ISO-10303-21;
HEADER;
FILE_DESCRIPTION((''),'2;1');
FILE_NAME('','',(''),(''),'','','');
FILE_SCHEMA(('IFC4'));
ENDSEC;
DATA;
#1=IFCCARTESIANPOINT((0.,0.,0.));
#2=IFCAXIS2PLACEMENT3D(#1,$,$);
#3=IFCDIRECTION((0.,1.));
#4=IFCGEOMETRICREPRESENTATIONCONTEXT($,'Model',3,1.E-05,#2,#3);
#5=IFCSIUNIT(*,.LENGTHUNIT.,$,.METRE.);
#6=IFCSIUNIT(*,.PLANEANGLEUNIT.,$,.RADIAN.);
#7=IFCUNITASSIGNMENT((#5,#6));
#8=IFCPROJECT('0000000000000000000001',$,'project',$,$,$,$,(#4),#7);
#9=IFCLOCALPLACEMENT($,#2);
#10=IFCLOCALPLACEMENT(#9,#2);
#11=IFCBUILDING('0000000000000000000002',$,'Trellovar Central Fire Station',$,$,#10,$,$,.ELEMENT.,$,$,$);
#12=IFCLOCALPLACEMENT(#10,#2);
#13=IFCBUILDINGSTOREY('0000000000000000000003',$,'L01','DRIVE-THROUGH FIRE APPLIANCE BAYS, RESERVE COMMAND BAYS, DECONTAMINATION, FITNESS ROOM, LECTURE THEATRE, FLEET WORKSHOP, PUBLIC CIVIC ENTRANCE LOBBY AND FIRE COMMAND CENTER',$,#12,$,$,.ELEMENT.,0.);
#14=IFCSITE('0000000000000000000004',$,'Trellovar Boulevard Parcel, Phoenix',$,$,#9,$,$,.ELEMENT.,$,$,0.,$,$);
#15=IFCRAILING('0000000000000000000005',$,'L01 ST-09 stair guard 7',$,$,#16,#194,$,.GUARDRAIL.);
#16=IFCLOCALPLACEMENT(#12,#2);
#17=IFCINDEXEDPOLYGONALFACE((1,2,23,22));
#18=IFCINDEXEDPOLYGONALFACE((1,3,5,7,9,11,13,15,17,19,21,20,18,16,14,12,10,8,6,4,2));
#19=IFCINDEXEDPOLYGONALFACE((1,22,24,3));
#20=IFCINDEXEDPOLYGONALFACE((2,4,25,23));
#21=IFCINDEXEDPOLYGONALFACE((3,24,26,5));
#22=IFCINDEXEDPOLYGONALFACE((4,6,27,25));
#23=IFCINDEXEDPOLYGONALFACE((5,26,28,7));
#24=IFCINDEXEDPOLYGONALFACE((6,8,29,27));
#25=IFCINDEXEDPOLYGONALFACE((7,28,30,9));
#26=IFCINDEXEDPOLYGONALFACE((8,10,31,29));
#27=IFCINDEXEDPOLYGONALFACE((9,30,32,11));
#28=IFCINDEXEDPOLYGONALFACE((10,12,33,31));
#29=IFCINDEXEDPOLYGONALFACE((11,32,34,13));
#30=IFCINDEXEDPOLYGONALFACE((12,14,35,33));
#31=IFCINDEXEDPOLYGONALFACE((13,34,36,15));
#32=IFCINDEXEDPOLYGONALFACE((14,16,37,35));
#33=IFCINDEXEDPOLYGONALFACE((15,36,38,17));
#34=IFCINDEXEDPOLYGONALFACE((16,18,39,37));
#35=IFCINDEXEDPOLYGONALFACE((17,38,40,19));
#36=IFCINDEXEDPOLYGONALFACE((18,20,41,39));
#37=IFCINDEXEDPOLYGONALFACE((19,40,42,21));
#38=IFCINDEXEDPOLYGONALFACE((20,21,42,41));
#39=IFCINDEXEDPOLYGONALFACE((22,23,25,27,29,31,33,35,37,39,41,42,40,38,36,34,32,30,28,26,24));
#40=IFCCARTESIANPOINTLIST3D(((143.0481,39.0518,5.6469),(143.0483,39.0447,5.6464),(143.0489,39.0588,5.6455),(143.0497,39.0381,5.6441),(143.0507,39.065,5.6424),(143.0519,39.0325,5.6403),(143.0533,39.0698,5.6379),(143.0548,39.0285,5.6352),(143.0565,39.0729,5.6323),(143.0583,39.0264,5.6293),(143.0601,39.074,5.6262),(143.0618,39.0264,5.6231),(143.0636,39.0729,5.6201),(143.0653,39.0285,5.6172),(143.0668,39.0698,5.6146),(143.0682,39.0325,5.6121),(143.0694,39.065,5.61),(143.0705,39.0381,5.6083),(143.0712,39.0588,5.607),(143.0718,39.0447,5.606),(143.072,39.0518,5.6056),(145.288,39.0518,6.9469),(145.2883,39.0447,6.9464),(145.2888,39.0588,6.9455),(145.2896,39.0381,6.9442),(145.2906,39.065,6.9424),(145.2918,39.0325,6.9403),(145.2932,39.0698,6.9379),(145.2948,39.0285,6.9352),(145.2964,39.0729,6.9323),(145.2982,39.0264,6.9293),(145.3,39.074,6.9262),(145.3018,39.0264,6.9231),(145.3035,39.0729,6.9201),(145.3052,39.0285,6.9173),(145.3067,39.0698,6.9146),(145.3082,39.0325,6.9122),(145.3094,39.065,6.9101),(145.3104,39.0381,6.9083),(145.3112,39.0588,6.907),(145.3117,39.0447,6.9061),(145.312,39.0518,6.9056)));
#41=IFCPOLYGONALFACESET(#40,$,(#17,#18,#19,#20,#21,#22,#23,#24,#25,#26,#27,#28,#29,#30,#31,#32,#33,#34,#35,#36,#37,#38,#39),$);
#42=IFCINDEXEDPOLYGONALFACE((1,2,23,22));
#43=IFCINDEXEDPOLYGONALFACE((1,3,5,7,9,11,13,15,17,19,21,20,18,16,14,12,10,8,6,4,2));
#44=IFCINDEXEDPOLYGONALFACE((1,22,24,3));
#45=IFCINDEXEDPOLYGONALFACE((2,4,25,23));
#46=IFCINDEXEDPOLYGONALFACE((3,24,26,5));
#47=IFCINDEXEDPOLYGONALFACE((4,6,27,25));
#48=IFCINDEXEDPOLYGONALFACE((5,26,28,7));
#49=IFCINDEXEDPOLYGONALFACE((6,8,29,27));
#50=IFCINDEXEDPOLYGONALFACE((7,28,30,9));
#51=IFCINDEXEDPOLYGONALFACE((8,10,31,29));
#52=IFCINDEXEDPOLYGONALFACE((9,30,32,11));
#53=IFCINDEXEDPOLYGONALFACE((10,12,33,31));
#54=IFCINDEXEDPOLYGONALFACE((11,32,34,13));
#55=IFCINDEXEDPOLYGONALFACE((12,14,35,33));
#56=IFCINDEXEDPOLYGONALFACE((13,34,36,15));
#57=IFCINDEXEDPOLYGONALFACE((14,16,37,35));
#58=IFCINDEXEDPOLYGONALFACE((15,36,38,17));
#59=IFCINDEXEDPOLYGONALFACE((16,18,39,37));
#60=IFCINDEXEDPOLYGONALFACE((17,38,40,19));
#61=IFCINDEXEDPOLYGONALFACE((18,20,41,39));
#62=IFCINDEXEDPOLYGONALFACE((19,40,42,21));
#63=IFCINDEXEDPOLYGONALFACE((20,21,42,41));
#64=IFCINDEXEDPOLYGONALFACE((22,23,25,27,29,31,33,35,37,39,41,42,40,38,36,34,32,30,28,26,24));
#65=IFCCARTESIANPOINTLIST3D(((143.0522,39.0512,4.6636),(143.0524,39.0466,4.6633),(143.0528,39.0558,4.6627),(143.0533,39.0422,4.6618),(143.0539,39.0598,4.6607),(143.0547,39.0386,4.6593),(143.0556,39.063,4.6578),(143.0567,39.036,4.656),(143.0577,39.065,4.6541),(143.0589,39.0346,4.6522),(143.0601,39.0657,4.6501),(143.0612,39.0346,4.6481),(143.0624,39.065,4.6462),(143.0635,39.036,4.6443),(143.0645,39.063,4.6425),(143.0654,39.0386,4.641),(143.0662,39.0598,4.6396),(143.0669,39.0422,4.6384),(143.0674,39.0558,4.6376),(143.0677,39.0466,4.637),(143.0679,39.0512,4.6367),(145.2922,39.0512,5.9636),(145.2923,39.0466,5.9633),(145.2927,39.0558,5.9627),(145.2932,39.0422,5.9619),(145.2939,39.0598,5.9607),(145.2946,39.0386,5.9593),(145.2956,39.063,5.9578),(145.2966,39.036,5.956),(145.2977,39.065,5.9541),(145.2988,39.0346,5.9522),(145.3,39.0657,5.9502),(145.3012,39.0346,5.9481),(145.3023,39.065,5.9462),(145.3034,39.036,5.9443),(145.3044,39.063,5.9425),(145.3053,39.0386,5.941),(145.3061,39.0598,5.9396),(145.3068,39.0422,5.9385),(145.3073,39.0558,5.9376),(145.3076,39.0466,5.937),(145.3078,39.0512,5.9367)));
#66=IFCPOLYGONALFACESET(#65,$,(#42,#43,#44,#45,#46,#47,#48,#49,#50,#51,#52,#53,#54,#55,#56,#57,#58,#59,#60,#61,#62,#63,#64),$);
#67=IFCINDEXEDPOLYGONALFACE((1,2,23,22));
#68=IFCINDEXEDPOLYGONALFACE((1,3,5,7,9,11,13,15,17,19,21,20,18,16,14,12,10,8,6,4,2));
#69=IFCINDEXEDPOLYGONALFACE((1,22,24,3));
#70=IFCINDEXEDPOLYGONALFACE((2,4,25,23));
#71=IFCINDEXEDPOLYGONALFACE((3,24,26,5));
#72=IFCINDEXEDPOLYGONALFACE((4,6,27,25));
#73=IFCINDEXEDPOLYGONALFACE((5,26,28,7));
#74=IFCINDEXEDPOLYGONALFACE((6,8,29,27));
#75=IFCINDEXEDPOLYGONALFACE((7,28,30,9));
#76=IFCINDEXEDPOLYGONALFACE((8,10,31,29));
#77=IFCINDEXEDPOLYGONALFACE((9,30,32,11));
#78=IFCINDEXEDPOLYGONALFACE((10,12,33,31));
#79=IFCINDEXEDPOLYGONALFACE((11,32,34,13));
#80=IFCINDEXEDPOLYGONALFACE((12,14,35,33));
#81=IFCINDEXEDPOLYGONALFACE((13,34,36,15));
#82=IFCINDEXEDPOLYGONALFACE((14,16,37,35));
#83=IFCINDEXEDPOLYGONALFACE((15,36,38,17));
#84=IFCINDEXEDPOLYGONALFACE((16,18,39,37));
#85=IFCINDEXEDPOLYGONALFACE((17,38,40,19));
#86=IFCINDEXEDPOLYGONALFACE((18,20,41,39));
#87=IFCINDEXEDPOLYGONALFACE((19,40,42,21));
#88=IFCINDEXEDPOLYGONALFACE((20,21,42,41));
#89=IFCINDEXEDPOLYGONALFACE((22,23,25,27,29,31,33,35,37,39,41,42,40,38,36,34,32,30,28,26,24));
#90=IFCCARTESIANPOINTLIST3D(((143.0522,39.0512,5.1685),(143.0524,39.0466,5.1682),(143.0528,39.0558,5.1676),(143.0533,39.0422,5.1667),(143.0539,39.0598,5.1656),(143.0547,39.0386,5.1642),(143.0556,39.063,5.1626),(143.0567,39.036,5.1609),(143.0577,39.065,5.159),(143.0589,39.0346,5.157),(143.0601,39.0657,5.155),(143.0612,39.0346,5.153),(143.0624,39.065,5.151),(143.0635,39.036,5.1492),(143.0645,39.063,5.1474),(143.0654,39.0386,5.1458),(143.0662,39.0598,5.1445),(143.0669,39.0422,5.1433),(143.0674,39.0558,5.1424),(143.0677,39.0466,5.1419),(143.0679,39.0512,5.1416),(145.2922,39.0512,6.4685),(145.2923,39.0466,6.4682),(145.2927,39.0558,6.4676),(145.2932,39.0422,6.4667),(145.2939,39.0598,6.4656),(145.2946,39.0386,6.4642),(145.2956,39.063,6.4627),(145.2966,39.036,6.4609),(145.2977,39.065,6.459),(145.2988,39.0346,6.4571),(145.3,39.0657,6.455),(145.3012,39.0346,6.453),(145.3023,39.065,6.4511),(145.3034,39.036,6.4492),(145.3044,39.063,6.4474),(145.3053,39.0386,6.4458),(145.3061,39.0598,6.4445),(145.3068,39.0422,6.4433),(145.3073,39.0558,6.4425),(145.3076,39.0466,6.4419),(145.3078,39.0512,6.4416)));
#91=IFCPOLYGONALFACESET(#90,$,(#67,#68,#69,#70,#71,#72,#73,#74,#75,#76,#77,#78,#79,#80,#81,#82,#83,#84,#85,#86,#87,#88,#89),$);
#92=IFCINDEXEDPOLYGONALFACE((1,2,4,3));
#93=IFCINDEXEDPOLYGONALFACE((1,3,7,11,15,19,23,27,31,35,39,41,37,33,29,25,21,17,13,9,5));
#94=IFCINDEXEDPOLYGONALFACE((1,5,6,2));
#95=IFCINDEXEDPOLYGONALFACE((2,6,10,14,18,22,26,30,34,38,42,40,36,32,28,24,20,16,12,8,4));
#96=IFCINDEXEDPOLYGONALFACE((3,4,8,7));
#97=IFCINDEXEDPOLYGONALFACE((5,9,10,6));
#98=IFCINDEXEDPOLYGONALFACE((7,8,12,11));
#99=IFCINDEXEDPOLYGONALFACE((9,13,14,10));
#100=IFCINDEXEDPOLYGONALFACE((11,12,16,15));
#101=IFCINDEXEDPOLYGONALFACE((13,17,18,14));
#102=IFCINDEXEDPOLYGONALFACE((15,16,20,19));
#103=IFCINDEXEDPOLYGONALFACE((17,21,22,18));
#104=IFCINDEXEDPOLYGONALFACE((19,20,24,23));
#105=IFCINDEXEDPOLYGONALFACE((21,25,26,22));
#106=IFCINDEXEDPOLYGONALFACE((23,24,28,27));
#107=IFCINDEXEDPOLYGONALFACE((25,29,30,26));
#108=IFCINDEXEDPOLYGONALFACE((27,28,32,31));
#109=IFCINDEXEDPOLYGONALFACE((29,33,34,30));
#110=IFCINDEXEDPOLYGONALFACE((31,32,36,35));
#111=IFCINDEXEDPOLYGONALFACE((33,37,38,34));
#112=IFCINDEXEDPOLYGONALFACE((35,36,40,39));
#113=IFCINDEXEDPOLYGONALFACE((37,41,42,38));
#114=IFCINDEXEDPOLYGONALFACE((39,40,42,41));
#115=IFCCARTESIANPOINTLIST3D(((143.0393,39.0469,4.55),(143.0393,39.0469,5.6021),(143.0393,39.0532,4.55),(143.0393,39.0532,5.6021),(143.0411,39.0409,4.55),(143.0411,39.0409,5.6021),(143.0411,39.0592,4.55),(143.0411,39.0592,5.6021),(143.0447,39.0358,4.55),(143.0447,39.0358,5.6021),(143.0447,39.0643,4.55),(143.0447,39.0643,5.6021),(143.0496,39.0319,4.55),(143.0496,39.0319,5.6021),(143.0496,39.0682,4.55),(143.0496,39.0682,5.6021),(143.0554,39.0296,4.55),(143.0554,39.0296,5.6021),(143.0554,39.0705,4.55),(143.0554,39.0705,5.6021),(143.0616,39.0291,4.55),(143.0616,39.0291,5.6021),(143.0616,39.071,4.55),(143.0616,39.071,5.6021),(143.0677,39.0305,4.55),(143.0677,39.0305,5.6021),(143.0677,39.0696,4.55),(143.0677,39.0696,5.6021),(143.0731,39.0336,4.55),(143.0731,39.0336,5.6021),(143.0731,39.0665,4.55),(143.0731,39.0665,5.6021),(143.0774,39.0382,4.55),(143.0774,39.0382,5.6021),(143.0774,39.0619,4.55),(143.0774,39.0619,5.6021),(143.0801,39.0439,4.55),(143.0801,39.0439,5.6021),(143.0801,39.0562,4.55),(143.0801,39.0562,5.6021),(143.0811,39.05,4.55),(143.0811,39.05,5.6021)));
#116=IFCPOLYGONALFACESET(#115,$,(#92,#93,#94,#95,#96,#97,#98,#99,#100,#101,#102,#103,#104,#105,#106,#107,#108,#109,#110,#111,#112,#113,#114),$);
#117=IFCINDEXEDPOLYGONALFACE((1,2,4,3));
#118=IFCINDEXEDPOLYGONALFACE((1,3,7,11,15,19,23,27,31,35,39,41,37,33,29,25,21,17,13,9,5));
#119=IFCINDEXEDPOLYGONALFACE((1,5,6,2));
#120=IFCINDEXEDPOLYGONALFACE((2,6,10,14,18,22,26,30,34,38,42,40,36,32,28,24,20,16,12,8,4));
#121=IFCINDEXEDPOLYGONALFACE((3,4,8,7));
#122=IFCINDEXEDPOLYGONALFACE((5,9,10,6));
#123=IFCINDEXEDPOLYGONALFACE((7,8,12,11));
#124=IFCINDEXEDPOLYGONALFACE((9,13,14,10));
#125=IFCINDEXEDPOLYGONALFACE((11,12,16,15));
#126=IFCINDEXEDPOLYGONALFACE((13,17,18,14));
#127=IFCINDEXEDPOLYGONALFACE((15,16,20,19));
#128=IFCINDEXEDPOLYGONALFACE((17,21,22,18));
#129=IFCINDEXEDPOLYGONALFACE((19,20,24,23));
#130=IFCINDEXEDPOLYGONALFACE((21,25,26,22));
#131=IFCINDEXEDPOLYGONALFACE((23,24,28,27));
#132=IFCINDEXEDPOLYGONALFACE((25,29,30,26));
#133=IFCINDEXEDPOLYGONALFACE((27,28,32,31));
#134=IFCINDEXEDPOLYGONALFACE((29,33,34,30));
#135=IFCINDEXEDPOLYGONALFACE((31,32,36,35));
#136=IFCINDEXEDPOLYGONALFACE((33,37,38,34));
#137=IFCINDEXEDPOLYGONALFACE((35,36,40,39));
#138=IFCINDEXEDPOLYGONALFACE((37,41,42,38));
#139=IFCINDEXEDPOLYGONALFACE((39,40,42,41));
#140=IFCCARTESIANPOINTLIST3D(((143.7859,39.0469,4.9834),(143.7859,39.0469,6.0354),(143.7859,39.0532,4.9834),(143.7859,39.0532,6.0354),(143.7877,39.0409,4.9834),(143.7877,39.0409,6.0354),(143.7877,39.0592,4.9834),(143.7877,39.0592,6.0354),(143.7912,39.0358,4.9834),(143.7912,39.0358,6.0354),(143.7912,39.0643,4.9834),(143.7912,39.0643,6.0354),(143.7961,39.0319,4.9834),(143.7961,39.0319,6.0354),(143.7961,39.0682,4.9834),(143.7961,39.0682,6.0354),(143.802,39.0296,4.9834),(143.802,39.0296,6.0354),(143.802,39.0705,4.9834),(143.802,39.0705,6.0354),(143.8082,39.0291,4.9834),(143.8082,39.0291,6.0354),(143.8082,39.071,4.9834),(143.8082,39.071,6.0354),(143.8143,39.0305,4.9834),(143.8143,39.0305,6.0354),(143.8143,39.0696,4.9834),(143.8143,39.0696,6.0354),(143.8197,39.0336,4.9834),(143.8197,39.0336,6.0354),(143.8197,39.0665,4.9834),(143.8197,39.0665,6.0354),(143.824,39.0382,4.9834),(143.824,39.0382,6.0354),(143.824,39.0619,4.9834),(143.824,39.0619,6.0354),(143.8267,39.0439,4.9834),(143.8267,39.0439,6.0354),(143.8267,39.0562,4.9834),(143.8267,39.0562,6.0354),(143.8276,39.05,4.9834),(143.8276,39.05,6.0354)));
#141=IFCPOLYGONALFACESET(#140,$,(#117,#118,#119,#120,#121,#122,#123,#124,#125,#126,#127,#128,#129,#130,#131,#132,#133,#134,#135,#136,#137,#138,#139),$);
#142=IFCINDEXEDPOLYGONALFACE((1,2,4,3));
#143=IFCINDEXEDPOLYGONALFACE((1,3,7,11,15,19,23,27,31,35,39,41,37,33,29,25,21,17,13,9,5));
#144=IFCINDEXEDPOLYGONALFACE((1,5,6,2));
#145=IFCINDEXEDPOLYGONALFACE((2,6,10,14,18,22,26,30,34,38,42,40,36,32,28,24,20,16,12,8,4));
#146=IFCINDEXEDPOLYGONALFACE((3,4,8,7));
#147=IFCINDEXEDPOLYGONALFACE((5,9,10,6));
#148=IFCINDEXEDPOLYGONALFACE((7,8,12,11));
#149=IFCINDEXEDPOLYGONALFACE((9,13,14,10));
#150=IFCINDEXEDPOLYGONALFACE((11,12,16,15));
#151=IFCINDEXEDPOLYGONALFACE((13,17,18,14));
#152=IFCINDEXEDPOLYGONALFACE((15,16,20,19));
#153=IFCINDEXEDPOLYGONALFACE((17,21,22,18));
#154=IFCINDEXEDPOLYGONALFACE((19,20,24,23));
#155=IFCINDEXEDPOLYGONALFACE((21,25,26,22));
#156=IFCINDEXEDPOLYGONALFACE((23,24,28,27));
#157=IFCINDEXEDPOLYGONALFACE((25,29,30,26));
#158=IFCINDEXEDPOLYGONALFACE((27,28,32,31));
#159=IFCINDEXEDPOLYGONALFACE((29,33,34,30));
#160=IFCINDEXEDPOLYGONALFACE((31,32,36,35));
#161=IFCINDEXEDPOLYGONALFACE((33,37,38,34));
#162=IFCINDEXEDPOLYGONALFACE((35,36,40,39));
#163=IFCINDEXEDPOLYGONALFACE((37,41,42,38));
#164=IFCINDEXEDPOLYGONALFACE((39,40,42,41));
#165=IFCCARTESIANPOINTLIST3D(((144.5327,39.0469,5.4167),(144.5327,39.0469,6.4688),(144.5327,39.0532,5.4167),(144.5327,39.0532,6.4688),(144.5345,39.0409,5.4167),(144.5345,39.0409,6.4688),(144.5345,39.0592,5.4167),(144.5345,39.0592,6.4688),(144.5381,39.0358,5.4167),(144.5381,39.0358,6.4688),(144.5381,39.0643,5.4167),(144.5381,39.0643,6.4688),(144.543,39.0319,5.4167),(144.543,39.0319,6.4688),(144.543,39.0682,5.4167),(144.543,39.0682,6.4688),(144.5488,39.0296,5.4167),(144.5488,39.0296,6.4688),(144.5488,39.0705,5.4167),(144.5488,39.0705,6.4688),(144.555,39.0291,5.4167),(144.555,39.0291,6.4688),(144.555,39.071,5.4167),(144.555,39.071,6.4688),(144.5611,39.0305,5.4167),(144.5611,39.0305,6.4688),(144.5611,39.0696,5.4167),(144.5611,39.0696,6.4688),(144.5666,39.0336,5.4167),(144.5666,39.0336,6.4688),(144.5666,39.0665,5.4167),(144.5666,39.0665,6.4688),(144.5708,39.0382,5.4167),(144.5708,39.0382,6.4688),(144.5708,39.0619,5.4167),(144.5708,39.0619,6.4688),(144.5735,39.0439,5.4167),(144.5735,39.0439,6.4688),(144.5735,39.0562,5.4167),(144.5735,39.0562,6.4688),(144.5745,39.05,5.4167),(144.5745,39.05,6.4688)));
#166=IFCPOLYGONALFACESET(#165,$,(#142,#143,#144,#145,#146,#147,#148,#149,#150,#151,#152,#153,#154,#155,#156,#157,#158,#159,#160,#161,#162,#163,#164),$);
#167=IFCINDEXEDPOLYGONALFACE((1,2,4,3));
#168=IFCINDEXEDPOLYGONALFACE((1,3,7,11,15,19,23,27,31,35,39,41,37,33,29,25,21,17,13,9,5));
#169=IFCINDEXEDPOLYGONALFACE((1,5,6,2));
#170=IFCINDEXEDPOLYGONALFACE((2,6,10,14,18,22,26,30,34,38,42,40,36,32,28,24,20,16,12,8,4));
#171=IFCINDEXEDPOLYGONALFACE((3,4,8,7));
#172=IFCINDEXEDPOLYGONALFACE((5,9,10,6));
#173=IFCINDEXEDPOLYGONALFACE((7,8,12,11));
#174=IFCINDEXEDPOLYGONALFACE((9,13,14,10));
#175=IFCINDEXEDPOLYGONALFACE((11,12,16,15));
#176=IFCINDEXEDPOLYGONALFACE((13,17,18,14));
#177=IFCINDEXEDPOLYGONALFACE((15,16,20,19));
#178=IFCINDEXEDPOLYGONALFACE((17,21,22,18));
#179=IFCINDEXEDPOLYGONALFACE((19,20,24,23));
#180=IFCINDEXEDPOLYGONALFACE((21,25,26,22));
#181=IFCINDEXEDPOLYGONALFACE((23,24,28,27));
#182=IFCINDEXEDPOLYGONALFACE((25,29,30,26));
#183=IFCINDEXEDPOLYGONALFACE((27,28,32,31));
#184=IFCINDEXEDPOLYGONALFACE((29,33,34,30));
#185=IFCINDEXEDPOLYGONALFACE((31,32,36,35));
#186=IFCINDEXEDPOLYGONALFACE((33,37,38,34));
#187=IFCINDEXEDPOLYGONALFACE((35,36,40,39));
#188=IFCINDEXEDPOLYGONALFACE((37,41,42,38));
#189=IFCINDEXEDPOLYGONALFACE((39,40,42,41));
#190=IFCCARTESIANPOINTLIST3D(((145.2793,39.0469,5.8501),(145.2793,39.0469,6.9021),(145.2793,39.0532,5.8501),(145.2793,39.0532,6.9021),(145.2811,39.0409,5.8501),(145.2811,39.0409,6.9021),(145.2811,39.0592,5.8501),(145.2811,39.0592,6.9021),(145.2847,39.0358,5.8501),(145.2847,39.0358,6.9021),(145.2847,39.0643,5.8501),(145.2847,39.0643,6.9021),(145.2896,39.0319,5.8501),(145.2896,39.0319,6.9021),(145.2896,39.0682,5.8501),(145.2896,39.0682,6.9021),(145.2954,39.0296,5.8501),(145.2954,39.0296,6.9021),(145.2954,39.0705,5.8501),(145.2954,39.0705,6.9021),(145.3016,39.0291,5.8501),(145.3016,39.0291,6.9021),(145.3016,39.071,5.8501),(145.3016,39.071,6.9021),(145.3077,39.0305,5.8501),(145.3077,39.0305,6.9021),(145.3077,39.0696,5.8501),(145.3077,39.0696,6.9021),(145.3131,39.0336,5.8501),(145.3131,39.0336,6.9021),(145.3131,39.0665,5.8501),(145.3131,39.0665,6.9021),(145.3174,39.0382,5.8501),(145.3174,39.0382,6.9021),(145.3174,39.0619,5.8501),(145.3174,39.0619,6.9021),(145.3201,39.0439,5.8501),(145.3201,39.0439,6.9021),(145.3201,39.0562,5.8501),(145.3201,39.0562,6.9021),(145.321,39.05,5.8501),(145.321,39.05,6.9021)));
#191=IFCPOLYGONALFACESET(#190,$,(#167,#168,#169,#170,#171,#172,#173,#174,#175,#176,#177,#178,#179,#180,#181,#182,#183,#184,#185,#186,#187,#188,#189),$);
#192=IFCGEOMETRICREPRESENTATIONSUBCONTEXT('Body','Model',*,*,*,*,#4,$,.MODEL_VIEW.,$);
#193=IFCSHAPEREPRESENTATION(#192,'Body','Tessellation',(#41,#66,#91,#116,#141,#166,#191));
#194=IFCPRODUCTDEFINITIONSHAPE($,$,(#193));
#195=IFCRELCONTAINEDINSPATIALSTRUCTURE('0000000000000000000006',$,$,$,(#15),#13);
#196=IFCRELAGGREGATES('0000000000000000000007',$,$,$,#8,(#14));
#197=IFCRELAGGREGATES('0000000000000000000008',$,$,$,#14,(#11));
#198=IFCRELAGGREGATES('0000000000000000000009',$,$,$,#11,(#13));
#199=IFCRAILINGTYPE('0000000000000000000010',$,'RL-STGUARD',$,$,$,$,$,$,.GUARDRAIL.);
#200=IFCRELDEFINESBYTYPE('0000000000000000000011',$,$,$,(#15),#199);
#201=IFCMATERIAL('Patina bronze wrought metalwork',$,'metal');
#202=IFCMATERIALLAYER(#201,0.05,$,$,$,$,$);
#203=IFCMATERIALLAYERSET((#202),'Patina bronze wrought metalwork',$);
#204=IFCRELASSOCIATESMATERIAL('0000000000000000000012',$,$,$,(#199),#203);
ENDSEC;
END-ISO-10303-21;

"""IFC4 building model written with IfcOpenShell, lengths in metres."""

from ifc_helpers import new_model, si_unit, direction, frame, origin, origin_2d, place, context, subcontext, project, spatial, circle, extrude, material, layer, layer_set, type_object, element, save


model = new_model("IFC4")

# Units and contexts
model_context = context("Model", 3, precision=1e-05, world=origin(), true_north=direction((0.0, 1.0)))
body_context = subcontext(model_context, "Body", "Model", "MODEL_VIEW")
ifc_project = project(units=[si_unit("LENGTHUNIT", "METRE"), si_unit("PLANEANGLEUNIT", "RADIAN")], contexts=[model_context])

# Site, building, storey
site_placement = place(None, origin())
site = spatial("IfcSite", under=ifc_project, at=site_placement, Name="Trellovar Boulevard Parcel, Phoenix", CompositionType="ELEMENT", RefElevation=0.0)
building_placement = place(site_placement, origin())
building = spatial("IfcBuilding", under=site, at=building_placement, Name="Trellovar Central Fire Station", CompositionType="ELEMENT")
storey_placement = place(building_placement, origin())
storey = spatial("IfcBuildingStorey", under=building, at=storey_placement, Name="L01", Description="DRIVE-THROUGH FIRE APPLIANCE BAYS, RESERVE COMMAND BAYS, DECONTAMINATION, FITNESS ROOM, LECTURE THEATRE, FLEET WORKSHOP, PUBLIC CIVIC ENTRANCE LOBBY AND FIRE COMMAND CENTER", CompositionType="ELEMENT", Elevation=0.0)

# Railing
ifc_material_1 = material(Name="Patina bronze wrought metalwork", Category="metal")
ifc_layer_1 = layer(ifc_material_1, 0.05)
ifc_layer_set_1 = layer_set([ifc_layer_1], Name="Patina bronze wrought metalwork")
railing_type_1 = type_object("IfcRailingType", Name="RL-STGUARD", PredefinedType="GUARDRAIL", material=ifc_layer_set_1)
railing_1_placement = place(storey_placement, frame((143.0601, 39.05, 4.55)))
element("IfcRailing", 1, at=railing_1_placement, inside=storey, type_object=railing_type_1, Name="L01 ST-09 stair guard 7", PredefinedType="GUARDRAIL", context=body_context, shape_type="SweptSolid", body=[
    extrude(circle(Radius=0.0239, at=origin_2d()), frame((0.0, 0.0, 1.0762), z_axis=(0.864888, 0.0, 0.501965), x_axis=(0.0, 1.0, 0.0)), (0.0, 0.0, 1.0), 2.5898),
    extrude(circle(Radius=0.0156, at=origin_2d()), frame((0.0, 0.0, 0.1001), z_axis=(0.864888, 0.0, 0.501965), x_axis=(0.0, 1.0, 0.0)), (0.0, 0.0, 1.0), 2.5898),
    extrude(circle(Radius=0.0156, at=origin_2d()), frame((0.0, 0.0, 0.605), z_axis=(0.864888, 0.0, 0.501965), x_axis=(0.0, 1.0, 0.0)), (0.0, 0.0, 1.0), 2.5898),
    extrude(circle(Radius=0.021, at=origin_2d()), origin(), (0.0, 0.0, 1.0), 1.052),
    extrude(circle(Radius=0.021, at=origin_2d()), frame((0.7466, 0.0, 0.4333)), (0.0, 0.0, 1.0), 1.052),
    extrude(circle(Radius=0.021, at=origin_2d()), frame((1.4934, 0.0, 0.8667)), (0.0, 0.0, 1.0), 1.052),
    extrude(circle(Radius=0.021, at=origin_2d()), frame((2.24, 0.0, 1.3)), (0.0, 0.0, 1.0), 1.052),
])

save(model, "model.ifc")
